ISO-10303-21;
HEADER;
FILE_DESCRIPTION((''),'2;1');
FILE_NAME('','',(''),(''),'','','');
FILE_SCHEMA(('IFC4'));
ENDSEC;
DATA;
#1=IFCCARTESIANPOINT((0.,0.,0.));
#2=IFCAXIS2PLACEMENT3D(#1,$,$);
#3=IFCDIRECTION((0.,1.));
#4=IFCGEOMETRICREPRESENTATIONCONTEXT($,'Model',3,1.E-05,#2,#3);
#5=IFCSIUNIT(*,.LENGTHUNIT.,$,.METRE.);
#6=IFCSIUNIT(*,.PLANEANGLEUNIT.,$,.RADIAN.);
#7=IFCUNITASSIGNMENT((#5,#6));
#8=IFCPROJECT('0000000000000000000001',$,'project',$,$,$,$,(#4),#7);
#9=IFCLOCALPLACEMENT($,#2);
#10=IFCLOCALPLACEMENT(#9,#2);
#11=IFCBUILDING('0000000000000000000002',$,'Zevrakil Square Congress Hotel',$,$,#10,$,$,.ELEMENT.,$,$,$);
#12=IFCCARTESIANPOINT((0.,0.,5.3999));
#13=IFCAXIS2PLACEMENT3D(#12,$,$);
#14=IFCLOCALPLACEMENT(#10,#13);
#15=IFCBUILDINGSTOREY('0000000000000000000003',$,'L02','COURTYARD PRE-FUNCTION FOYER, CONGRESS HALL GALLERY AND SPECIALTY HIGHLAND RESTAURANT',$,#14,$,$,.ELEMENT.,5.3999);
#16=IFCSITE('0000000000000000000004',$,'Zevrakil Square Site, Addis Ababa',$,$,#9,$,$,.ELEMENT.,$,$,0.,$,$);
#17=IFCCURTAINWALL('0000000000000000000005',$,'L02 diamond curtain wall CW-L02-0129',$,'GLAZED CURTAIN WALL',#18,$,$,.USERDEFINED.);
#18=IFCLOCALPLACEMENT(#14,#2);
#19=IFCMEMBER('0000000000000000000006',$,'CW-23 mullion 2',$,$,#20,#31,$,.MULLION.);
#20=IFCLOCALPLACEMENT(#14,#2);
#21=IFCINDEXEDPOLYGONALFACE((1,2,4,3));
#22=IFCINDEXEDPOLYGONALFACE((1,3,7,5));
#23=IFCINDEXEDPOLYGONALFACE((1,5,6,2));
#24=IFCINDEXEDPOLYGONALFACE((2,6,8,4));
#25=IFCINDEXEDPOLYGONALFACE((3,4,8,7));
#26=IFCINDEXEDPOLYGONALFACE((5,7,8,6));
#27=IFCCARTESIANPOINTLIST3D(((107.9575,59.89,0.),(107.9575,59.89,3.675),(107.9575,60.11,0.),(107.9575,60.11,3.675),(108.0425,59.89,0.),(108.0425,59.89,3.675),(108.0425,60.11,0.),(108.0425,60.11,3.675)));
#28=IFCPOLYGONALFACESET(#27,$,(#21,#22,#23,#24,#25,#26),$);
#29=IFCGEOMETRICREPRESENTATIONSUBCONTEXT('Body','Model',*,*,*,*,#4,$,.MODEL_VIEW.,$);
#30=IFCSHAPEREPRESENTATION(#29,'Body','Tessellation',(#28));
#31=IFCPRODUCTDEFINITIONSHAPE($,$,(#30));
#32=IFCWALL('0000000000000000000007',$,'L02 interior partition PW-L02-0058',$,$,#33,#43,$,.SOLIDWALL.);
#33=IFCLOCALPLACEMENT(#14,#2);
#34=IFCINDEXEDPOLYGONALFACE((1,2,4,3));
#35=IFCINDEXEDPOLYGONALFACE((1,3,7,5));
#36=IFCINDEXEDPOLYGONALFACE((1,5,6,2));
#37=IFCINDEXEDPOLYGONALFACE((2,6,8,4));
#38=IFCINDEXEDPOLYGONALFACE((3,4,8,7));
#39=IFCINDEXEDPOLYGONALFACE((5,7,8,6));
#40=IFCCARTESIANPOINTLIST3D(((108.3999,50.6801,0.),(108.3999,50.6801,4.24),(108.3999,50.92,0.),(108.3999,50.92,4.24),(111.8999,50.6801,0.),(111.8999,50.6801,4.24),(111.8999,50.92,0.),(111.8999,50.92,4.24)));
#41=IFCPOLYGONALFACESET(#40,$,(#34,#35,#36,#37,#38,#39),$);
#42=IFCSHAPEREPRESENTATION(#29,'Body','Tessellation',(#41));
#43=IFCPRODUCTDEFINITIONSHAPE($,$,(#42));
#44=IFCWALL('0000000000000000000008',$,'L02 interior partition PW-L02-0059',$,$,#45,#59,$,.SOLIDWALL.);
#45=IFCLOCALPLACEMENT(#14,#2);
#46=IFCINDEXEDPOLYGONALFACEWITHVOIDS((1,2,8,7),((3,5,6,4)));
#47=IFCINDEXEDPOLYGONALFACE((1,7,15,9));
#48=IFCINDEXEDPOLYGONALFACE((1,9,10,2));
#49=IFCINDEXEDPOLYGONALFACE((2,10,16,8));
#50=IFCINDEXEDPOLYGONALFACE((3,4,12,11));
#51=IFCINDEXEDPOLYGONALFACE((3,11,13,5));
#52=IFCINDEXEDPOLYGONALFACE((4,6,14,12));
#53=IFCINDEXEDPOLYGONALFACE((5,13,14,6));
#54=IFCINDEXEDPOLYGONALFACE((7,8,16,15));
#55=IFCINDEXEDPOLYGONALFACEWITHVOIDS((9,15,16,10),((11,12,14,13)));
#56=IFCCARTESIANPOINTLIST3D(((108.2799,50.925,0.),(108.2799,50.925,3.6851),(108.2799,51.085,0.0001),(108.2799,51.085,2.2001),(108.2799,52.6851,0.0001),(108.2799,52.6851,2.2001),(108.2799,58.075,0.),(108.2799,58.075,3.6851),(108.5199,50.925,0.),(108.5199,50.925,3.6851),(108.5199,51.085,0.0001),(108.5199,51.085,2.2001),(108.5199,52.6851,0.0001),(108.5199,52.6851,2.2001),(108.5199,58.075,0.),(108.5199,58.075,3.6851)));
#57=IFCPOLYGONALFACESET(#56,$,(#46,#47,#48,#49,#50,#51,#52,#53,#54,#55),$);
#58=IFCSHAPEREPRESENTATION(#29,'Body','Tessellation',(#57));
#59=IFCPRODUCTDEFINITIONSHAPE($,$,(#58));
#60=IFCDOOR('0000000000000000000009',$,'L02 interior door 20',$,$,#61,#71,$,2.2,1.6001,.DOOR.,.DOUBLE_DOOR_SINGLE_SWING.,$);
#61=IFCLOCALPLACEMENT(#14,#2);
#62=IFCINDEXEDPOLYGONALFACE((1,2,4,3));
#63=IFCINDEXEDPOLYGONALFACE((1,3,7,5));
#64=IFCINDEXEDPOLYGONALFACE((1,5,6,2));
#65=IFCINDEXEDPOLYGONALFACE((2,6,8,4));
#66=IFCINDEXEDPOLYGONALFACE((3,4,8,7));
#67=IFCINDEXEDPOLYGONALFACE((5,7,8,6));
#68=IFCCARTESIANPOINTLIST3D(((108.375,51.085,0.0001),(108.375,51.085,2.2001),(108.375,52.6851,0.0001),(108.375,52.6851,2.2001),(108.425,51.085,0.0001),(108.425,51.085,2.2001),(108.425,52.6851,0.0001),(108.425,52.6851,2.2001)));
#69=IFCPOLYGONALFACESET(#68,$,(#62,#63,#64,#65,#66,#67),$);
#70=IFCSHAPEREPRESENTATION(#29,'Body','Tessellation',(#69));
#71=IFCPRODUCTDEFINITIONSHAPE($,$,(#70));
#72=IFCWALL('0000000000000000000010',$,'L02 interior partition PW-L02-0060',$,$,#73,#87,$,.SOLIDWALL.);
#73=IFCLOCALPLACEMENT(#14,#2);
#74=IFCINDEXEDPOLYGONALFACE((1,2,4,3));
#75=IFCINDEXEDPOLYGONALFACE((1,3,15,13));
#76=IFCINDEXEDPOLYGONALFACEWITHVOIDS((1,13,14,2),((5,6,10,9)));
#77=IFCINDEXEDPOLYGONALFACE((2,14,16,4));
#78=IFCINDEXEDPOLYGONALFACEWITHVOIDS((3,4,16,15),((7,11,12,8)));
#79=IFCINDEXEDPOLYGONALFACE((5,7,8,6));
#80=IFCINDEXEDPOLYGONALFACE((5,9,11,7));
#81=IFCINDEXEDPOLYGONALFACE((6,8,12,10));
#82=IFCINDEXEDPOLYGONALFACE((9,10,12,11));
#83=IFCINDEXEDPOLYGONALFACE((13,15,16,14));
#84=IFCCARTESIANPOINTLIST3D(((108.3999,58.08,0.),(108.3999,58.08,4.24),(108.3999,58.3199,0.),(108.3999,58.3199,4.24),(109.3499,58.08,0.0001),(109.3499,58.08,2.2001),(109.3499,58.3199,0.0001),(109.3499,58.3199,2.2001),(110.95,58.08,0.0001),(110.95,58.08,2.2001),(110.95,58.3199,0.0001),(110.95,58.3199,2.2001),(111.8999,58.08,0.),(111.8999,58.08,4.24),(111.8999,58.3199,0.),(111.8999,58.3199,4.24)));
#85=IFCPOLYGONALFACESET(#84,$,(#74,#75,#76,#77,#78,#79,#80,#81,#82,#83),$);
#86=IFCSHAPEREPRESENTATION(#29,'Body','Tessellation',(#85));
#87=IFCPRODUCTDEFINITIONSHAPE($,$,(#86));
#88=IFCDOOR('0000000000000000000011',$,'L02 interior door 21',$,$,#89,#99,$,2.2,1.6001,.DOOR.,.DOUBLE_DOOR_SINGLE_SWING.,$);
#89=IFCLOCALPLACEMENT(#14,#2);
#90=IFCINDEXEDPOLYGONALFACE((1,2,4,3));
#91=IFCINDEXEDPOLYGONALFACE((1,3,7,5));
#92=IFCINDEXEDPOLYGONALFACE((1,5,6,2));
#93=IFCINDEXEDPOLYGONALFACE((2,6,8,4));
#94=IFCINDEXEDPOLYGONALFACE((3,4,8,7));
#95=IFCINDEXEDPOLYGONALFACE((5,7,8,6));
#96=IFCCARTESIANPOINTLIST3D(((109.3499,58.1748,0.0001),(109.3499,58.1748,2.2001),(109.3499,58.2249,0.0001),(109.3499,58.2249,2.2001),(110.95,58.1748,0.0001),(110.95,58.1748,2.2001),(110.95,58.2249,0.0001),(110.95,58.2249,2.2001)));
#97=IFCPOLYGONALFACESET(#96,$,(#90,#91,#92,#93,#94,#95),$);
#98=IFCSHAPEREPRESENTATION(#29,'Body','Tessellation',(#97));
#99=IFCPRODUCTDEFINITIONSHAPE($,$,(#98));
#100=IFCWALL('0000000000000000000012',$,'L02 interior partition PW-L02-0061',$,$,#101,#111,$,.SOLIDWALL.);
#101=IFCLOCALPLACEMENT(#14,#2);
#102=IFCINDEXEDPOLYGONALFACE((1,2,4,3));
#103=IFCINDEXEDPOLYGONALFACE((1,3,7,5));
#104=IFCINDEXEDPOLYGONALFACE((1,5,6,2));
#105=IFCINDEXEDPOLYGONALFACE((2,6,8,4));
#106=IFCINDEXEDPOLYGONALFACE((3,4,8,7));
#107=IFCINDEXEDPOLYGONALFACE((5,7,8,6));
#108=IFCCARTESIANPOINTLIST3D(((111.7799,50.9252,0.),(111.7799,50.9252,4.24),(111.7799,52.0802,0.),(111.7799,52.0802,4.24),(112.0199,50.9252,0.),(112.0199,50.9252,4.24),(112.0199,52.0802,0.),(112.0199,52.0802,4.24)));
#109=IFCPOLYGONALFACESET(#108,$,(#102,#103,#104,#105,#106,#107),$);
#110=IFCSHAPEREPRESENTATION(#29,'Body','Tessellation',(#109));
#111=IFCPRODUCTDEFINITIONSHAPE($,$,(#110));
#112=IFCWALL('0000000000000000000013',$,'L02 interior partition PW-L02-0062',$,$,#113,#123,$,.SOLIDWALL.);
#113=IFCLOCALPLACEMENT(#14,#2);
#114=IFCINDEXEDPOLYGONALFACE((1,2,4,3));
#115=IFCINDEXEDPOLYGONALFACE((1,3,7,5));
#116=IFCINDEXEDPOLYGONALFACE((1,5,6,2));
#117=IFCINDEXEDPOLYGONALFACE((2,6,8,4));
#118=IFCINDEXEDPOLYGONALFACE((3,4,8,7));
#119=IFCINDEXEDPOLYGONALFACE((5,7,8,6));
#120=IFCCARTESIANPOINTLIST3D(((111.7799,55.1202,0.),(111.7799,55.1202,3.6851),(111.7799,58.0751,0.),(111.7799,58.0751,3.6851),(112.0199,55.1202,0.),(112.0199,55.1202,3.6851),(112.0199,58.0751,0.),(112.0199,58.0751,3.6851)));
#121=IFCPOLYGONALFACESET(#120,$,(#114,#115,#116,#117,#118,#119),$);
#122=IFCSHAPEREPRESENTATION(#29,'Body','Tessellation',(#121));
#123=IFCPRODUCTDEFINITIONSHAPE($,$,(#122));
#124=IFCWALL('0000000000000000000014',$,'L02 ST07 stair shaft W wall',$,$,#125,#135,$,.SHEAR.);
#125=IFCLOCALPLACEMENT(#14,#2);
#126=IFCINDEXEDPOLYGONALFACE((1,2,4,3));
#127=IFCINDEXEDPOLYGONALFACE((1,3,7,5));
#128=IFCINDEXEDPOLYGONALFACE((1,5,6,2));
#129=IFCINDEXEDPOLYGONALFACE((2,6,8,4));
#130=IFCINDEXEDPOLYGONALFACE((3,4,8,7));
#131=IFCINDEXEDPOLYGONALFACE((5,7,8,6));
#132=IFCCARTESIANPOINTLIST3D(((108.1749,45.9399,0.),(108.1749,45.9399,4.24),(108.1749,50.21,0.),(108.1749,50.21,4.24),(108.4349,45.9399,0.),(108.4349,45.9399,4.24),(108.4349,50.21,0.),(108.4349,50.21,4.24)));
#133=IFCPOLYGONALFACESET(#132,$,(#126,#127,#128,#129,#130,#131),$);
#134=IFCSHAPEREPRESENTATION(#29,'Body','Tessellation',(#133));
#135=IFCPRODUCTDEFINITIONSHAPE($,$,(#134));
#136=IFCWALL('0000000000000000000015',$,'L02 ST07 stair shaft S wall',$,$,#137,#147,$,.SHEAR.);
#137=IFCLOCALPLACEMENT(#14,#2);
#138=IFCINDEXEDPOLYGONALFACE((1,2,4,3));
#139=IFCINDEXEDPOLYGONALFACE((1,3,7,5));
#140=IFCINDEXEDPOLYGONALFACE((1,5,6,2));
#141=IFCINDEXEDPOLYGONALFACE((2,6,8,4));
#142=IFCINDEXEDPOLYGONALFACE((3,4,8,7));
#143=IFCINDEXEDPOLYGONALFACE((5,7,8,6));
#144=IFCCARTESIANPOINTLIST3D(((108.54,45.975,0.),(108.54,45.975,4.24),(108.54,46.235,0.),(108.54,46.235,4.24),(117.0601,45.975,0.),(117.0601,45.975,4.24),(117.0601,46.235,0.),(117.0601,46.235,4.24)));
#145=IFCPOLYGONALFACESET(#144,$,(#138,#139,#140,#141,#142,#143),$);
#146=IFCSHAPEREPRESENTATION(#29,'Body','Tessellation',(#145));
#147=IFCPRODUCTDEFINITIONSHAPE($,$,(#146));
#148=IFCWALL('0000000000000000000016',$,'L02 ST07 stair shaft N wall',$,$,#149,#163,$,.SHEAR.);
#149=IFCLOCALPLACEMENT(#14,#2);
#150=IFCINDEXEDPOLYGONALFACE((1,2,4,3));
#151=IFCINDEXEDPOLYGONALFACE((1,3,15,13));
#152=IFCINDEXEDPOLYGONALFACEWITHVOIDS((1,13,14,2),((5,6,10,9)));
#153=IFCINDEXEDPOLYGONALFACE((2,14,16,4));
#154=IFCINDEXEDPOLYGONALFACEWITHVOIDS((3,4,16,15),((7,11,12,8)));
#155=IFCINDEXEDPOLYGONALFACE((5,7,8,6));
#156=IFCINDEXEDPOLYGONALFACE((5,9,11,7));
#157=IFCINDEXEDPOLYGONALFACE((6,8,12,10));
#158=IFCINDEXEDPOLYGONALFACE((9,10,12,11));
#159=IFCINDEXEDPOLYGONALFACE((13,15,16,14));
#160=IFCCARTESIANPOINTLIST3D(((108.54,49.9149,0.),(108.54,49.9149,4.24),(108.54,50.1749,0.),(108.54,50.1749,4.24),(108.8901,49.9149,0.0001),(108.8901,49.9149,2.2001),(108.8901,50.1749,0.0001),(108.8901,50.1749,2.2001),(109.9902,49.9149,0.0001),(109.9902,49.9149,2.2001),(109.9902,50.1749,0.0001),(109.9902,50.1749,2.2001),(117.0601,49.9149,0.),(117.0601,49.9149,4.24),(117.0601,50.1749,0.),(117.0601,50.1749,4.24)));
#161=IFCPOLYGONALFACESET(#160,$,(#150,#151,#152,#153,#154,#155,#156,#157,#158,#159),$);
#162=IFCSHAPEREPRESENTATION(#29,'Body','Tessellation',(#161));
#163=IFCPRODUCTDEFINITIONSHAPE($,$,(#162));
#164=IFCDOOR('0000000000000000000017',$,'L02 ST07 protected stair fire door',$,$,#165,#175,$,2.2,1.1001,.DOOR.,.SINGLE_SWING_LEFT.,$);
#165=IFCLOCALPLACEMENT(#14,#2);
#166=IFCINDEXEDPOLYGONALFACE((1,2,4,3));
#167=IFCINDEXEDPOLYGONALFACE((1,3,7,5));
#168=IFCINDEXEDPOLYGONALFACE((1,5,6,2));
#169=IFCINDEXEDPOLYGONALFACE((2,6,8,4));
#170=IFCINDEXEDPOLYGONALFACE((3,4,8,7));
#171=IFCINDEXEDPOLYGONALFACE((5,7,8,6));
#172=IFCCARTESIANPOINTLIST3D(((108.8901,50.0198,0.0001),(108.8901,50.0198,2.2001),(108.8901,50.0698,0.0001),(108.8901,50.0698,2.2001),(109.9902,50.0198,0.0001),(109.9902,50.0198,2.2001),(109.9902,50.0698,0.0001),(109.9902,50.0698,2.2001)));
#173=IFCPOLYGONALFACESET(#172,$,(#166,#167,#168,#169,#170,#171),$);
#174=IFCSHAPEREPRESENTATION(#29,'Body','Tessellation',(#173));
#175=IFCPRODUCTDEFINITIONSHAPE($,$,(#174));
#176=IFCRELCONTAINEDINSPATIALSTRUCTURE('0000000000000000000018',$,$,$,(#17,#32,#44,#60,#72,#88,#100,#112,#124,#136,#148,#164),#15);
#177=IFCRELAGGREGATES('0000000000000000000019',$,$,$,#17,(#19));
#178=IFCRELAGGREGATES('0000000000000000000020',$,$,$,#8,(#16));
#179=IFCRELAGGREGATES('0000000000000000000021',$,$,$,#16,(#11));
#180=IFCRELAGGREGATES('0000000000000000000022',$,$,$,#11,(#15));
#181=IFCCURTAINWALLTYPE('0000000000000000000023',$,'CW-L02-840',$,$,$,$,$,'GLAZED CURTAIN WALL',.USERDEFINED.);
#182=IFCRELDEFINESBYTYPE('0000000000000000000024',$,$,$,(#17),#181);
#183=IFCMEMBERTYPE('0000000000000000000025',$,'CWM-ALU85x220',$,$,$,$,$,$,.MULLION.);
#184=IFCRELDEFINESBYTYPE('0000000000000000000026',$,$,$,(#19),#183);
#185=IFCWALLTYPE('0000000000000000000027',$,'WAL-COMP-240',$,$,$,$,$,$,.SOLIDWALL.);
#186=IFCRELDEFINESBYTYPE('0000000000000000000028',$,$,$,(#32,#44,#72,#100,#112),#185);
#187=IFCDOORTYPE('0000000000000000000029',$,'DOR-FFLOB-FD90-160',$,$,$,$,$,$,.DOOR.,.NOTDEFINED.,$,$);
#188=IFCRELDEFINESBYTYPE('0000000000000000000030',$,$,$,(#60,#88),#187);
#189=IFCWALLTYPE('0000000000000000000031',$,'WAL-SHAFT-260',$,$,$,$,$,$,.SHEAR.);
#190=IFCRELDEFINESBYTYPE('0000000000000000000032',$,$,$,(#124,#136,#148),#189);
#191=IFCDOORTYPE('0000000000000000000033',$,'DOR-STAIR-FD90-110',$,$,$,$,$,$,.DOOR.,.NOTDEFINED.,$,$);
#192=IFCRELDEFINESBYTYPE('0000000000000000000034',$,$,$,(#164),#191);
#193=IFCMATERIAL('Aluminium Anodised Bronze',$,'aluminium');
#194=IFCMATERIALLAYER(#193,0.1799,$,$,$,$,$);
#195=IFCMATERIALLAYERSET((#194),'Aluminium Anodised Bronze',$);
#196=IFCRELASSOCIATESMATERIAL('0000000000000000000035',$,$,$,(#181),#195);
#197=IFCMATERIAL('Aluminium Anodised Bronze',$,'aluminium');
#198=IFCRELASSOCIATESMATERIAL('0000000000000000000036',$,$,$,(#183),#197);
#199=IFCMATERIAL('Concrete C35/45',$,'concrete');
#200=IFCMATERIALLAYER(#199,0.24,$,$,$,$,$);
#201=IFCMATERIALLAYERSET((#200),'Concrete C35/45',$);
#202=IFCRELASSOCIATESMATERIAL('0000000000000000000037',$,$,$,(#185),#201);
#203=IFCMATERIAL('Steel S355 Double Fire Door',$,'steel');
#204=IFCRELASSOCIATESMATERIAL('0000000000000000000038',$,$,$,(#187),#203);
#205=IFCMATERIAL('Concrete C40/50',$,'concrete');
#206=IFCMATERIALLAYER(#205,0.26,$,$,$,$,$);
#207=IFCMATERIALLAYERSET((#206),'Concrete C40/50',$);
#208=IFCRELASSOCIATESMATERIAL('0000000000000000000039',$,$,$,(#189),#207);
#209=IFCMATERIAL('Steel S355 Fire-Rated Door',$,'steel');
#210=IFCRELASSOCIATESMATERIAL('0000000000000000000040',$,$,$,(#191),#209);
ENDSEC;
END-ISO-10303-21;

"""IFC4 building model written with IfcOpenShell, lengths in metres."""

from ifc_helpers import new_model, si_unit, direction, frame, frame_2d, origin, origin_2d, place, context, subcontext, project, spatial, rectangle, extrude, material, layer, layer_set, material_profile, profile_set, type_object, element, fill, aggregate, save


model = new_model("IFC4")

# Units and contexts
model_context = context("Model", 3, precision=1e-05, world=origin(), true_north=direction((0.0, 1.0)))
body_context = subcontext(model_context, "Body", "Model", "MODEL_VIEW")
ifc_project = project(units=[si_unit("LENGTHUNIT", "METRE"), si_unit("PLANEANGLEUNIT", "RADIAN")], contexts=[model_context])

# Site, building, storey
site_placement = place(None, origin())
site = spatial("IfcSite", under=ifc_project, at=site_placement, Name="Zevrakil Square Site, Addis Ababa", CompositionType="ELEMENT", RefElevation=0.0)
building_placement = place(site_placement, origin())
building = spatial("IfcBuilding", under=site, at=building_placement, Name="Zevrakil Square Congress Hotel", CompositionType="ELEMENT")
storey_placement = place(building_placement, frame((0.0, 0.0, 5.3999)))
storey = spatial("IfcBuildingStorey", under=building, at=storey_placement, Name="L02", Description="COURTYARD PRE-FUNCTION FOYER, CONGRESS HALL GALLERY AND SPECIALTY HIGHLAND RESTAURANT", CompositionType="ELEMENT", Elevation=5.3999)

# Curtain wall, member
ifc_material_1 = material(Name="Aluminium Anodised Bronze", Category="aluminium")
ifc_layer_1 = layer(ifc_material_1, 0.1799)
ifc_layer_set_1 = layer_set([ifc_layer_1], Name="Aluminium Anodised Bronze")
curtain_wall_type = type_object("IfcCurtainWallType", Name="CW-L02-840", ElementType="GLAZED CURTAIN WALL", PredefinedType="USERDEFINED", material=ifc_layer_set_1)
curtain_wall_placement = place(storey_placement, origin())
curtain_wall = element("IfcCurtainWall", 1, at=curtain_wall_placement, inside=storey, type_object=curtain_wall_type, Name="L02 diamond curtain wall CW-L02-0129", ObjectType="GLAZED CURTAIN WALL", PredefinedType="USERDEFINED")
ifc_material_2 = material(Name="Aluminium Anodised Bronze", Category="aluminium")
ifc_material_profile = material_profile(ifc_material_2, rectangle(XDim=0.085, YDim=0.22, at=origin_2d()), Name="ALU 85x220")
ifc_profile_set = profile_set([ifc_material_profile], Name="Aluminium Anodised Bronze")
member_type = type_object("IfcMemberType", Name="CWM-ALU85x220", PredefinedType="MULLION", material=ifc_profile_set)
member_placement = place(storey_placement, frame((108.0, 60.0, 0.0), z_axis=(0.0, 0.0, 1.0), x_axis=(-1.0, 0.0, 0.0)))
member = element("IfcMember", 2, at=member_placement, type_object=member_type, Name="CW-23 mullion 2", PredefinedType="MULLION", context=body_context, shape_type="SweptSolid", body=[
    extrude(rectangle(XDim=0.085, YDim=0.22, at=origin_2d()), origin(), (0.0, 0.0, 1.0), 3.675),
])
aggregate(curtain_wall, [member])

# Wall
ifc_material_3 = material(Name="Concrete C35/45", Category="concrete")
ifc_layer_2 = layer(ifc_material_3, 0.24)
ifc_layer_set_2 = layer_set([ifc_layer_2], Name="Concrete C35/45")
wall_type_1 = type_object("IfcWallType", Name="WAL-COMP-240", PredefinedType="SOLIDWALL", material=ifc_layer_set_2)
wall_1_placement = place(storey_placement, frame((108.3999, 50.8, 0.0), z_axis=(0.0, 0.0, 1.0), x_axis=(1.0, 0.0, 0.0)))
element("IfcWall", 3, at=wall_1_placement, inside=storey, type_object=wall_type_1, Name="L02 interior partition PW-L02-0058", PredefinedType="SOLIDWALL", context=body_context, shape_type="SweptSolid", body=[
    extrude(rectangle(XDim=3.5, YDim=0.24, at=frame_2d((1.75, 0.0))), origin(), (0.0, 0.0, 1.0), 4.24),
])

# Walls, openings, doors
wall_2_placement = place(storey_placement, frame((108.3999, 50.925, 0.0), z_axis=(0.0, 0.0, 1.0), x_axis=(0.0, 1.0, 0.0)))
wall_2 = element("IfcWall", 4, at=wall_2_placement, inside=storey, type_object=wall_type_1, Name="L02 interior partition PW-L02-0059", PredefinedType="SOLIDWALL", context=body_context, shape_type="SweptSolid", body=[
    extrude(rectangle(XDim=7.1499, YDim=0.24, at=frame_2d((3.575, 0.0))), origin(), (0.0, 0.0, 1.0), 3.6851),
])
opening_1_placement = place(wall_2_placement, frame((0.1599, 0.0, 0.0)))
opening_1 = element("IfcOpeningElement", 5, at=opening_1_placement, cuts=wall_2, PredefinedType="OPENING", context=body_context, shape_type="SweptSolid", body=[
    extrude(rectangle(XDim=1.6001, YDim=2.2, at=frame_2d((0.8, 1.1001))), frame((0.0, 0.1299, 0.0), z_axis=(0.0, -1.0, 0.0), x_axis=(1.0, 0.0, 0.0)), (0.0, 0.0, 1.0), 0.26),
])
ifc_material_4 = material(Name="Steel S355 Double Fire Door", Category="steel")
door_type_1 = type_object("IfcDoorType", Name="DOR-FFLOB-FD90-160", OperationType="NOTDEFINED", PredefinedType="DOOR", material=ifc_material_4)
door_1_placement = place(opening_1_placement, origin())
door_1 = element("IfcDoor", 6, at=door_1_placement, inside=storey, type_object=door_type_1, Name="L02 interior door 20", OperationType="DOUBLE_DOOR_SINGLE_SWING", OverallHeight=2.2, OverallWidth=1.6001, PredefinedType="DOOR", context=body_context, shape_type="SweptSolid", body=[
    extrude(rectangle(XDim=1.6001, YDim=2.2, at=frame_2d((0.8, 1.1001))), frame((0.0, 0.0249, 0.0), z_axis=(0.0, -1.0, 0.0), x_axis=(1.0, 0.0, 0.0)), (0.0, 0.0, 1.0), 0.05),
])
fill(opening_1, door_1)
wall_3_placement = place(storey_placement, frame((108.3999, 58.2, 0.0), z_axis=(0.0, 0.0, 1.0), x_axis=(1.0, 0.0, 0.0)))
wall_3 = element("IfcWall", 7, at=wall_3_placement, inside=storey, type_object=wall_type_1, Name="L02 interior partition PW-L02-0060", PredefinedType="SOLIDWALL", context=body_context, shape_type="SweptSolid", body=[
    extrude(rectangle(XDim=3.5, YDim=0.24, at=frame_2d((1.75, 0.0))), origin(), (0.0, 0.0, 1.0), 4.24),
])
opening_2_placement = place(wall_3_placement, frame((0.95, 0.0, 0.0)))
opening_2 = element("IfcOpeningElement", 8, at=opening_2_placement, cuts=wall_3, PredefinedType="OPENING", context=body_context, shape_type="SweptSolid", body=[
    extrude(rectangle(XDim=1.6001, YDim=2.2, at=frame_2d((0.8, 1.1001))), frame((0.0, 0.1299, 0.0), z_axis=(0.0, -1.0, 0.0), x_axis=(1.0, 0.0, 0.0)), (0.0, 0.0, 1.0), 0.26),
])
door_2_placement = place(opening_2_placement, origin())
door_2 = element("IfcDoor", 9, at=door_2_placement, inside=storey, type_object=door_type_1, Name="L02 interior door 21", OperationType="DOUBLE_DOOR_SINGLE_SWING", OverallHeight=2.2, OverallWidth=1.6001, PredefinedType="DOOR", context=body_context, shape_type="SweptSolid", body=[
    extrude(rectangle(XDim=1.6001, YDim=2.2, at=frame_2d((0.8, 1.1001))), frame((0.0, 0.0249, 0.0), z_axis=(0.0, -1.0, 0.0), x_axis=(1.0, 0.0, 0.0)), (0.0, 0.0, 1.0), 0.05),
])
fill(opening_2, door_2)

# Walls
wall_4_placement = place(storey_placement, frame((111.8999, 50.925, 0.0), z_axis=(0.0, 0.0, 1.0), x_axis=(0.0, 1.0, 0.0)))
element("IfcWall", 10, at=wall_4_placement, inside=storey, type_object=wall_type_1, Name="L02 interior partition PW-L02-0061", PredefinedType="SOLIDWALL", context=body_context, shape_type="SweptSolid", body=[
    extrude(rectangle(XDim=1.155, YDim=0.24, at=frame_2d((0.5776, 0.0))), origin(), (0.0, 0.0, 1.0), 4.24),
])
wall_5_placement = place(storey_placement, frame((111.8999, 55.1201, 0.0), z_axis=(0.0, 0.0, 1.0), x_axis=(0.0, 1.0, 0.0)))
element("IfcWall", 11, at=wall_5_placement, inside=storey, type_object=wall_type_1, Name="L02 interior partition PW-L02-0062", PredefinedType="SOLIDWALL", context=body_context, shape_type="SweptSolid", body=[
    extrude(rectangle(XDim=2.9548, YDim=0.24, at=frame_2d((1.4775, 0.0))), origin(), (0.0, 0.0, 1.0), 3.6851),
])
ifc_material_5 = material(Name="Concrete C40/50", Category="concrete")
ifc_layer_3 = layer(ifc_material_5, 0.26)
ifc_layer_set_3 = layer_set([ifc_layer_3], Name="Concrete C40/50")
wall_type_2 = type_object("IfcWallType", Name="WAL-SHAFT-260", PredefinedType="SHEAR", material=ifc_layer_set_3)
wall_6_placement = place(storey_placement, frame((108.3049, 45.9399, 0.0), z_axis=(0.0, 0.0, 1.0), x_axis=(0.0, 1.0, 0.0)))
element("IfcWall", 12, at=wall_6_placement, inside=storey, type_object=wall_type_2, Name="L02 ST07 stair shaft W wall", PredefinedType="SHEAR", context=body_context, shape_type="SweptSolid", body=[
    extrude(rectangle(XDim=4.27, YDim=0.26, at=frame_2d((2.135, 0.0))), origin(), (0.0, 0.0, 1.0), 4.24),
])
wall_7_placement = place(storey_placement, frame((108.54, 46.105, 0.0), z_axis=(0.0, 0.0, 1.0), x_axis=(1.0, 0.0, 0.0)))
element("IfcWall", 13, at=wall_7_placement, inside=storey, type_object=wall_type_2, Name="L02 ST07 stair shaft S wall", PredefinedType="SHEAR", context=body_context, shape_type="SweptSolid", body=[
    extrude(rectangle(XDim=8.52, YDim=0.26, at=frame_2d((4.26, 0.0))), origin(), (0.0, 0.0, 1.0), 4.24),
])

# Wall, opening, door
wall_8_placement = place(storey_placement, frame((108.54, 50.0449, 0.0), z_axis=(0.0, 0.0, 1.0), x_axis=(1.0, 0.0, 0.0)))
wall_8 = element("IfcWall", 14, at=wall_8_placement, inside=storey, type_object=wall_type_2, Name="L02 ST07 stair shaft N wall", PredefinedType="SHEAR", context=body_context, shape_type="SweptSolid", body=[
    extrude(rectangle(XDim=8.52, YDim=0.26, at=frame_2d((4.26, 0.0))), origin(), (0.0, 0.0, 1.0), 4.24),
])
opening_3_placement = place(wall_8_placement, frame((0.3501, 0.0, 0.0)))
opening_3 = element("IfcOpeningElement", 15, at=opening_3_placement, cuts=wall_8, PredefinedType="OPENING", context=body_context, shape_type="SweptSolid", body=[
    extrude(rectangle(XDim=1.1001, YDim=2.2, at=frame_2d((0.55, 1.1001))), frame((0.0, 0.1401, 0.0), z_axis=(0.0, -1.0, 0.0), x_axis=(1.0, 0.0, 0.0)), (0.0, 0.0, 1.0), 0.28),
])
ifc_material_6 = material(Name="Steel S355 Fire-Rated Door", Category="steel")
door_type_2 = type_object("IfcDoorType", Name="DOR-STAIR-FD90-110", OperationType="NOTDEFINED", PredefinedType="DOOR", material=ifc_material_6)
door_3_placement = place(opening_3_placement, origin())
door_3 = element("IfcDoor", 16, at=door_3_placement, inside=storey, type_object=door_type_2, Name="L02 ST07 protected stair fire door", OperationType="SINGLE_SWING_LEFT", OverallHeight=2.2, OverallWidth=1.1001, PredefinedType="DOOR", context=body_context, shape_type="SweptSolid", body=[
    extrude(rectangle(XDim=1.1001, YDim=2.2, at=frame_2d((0.55, 1.1001))), frame((0.0, 0.0249, 0.0), z_axis=(0.0, -1.0, 0.0), x_axis=(1.0, 0.0, 0.0)), (0.0, 0.0, 1.0), 0.05),
])
fill(opening_3, door_3)

save(model, "model.ifc")
